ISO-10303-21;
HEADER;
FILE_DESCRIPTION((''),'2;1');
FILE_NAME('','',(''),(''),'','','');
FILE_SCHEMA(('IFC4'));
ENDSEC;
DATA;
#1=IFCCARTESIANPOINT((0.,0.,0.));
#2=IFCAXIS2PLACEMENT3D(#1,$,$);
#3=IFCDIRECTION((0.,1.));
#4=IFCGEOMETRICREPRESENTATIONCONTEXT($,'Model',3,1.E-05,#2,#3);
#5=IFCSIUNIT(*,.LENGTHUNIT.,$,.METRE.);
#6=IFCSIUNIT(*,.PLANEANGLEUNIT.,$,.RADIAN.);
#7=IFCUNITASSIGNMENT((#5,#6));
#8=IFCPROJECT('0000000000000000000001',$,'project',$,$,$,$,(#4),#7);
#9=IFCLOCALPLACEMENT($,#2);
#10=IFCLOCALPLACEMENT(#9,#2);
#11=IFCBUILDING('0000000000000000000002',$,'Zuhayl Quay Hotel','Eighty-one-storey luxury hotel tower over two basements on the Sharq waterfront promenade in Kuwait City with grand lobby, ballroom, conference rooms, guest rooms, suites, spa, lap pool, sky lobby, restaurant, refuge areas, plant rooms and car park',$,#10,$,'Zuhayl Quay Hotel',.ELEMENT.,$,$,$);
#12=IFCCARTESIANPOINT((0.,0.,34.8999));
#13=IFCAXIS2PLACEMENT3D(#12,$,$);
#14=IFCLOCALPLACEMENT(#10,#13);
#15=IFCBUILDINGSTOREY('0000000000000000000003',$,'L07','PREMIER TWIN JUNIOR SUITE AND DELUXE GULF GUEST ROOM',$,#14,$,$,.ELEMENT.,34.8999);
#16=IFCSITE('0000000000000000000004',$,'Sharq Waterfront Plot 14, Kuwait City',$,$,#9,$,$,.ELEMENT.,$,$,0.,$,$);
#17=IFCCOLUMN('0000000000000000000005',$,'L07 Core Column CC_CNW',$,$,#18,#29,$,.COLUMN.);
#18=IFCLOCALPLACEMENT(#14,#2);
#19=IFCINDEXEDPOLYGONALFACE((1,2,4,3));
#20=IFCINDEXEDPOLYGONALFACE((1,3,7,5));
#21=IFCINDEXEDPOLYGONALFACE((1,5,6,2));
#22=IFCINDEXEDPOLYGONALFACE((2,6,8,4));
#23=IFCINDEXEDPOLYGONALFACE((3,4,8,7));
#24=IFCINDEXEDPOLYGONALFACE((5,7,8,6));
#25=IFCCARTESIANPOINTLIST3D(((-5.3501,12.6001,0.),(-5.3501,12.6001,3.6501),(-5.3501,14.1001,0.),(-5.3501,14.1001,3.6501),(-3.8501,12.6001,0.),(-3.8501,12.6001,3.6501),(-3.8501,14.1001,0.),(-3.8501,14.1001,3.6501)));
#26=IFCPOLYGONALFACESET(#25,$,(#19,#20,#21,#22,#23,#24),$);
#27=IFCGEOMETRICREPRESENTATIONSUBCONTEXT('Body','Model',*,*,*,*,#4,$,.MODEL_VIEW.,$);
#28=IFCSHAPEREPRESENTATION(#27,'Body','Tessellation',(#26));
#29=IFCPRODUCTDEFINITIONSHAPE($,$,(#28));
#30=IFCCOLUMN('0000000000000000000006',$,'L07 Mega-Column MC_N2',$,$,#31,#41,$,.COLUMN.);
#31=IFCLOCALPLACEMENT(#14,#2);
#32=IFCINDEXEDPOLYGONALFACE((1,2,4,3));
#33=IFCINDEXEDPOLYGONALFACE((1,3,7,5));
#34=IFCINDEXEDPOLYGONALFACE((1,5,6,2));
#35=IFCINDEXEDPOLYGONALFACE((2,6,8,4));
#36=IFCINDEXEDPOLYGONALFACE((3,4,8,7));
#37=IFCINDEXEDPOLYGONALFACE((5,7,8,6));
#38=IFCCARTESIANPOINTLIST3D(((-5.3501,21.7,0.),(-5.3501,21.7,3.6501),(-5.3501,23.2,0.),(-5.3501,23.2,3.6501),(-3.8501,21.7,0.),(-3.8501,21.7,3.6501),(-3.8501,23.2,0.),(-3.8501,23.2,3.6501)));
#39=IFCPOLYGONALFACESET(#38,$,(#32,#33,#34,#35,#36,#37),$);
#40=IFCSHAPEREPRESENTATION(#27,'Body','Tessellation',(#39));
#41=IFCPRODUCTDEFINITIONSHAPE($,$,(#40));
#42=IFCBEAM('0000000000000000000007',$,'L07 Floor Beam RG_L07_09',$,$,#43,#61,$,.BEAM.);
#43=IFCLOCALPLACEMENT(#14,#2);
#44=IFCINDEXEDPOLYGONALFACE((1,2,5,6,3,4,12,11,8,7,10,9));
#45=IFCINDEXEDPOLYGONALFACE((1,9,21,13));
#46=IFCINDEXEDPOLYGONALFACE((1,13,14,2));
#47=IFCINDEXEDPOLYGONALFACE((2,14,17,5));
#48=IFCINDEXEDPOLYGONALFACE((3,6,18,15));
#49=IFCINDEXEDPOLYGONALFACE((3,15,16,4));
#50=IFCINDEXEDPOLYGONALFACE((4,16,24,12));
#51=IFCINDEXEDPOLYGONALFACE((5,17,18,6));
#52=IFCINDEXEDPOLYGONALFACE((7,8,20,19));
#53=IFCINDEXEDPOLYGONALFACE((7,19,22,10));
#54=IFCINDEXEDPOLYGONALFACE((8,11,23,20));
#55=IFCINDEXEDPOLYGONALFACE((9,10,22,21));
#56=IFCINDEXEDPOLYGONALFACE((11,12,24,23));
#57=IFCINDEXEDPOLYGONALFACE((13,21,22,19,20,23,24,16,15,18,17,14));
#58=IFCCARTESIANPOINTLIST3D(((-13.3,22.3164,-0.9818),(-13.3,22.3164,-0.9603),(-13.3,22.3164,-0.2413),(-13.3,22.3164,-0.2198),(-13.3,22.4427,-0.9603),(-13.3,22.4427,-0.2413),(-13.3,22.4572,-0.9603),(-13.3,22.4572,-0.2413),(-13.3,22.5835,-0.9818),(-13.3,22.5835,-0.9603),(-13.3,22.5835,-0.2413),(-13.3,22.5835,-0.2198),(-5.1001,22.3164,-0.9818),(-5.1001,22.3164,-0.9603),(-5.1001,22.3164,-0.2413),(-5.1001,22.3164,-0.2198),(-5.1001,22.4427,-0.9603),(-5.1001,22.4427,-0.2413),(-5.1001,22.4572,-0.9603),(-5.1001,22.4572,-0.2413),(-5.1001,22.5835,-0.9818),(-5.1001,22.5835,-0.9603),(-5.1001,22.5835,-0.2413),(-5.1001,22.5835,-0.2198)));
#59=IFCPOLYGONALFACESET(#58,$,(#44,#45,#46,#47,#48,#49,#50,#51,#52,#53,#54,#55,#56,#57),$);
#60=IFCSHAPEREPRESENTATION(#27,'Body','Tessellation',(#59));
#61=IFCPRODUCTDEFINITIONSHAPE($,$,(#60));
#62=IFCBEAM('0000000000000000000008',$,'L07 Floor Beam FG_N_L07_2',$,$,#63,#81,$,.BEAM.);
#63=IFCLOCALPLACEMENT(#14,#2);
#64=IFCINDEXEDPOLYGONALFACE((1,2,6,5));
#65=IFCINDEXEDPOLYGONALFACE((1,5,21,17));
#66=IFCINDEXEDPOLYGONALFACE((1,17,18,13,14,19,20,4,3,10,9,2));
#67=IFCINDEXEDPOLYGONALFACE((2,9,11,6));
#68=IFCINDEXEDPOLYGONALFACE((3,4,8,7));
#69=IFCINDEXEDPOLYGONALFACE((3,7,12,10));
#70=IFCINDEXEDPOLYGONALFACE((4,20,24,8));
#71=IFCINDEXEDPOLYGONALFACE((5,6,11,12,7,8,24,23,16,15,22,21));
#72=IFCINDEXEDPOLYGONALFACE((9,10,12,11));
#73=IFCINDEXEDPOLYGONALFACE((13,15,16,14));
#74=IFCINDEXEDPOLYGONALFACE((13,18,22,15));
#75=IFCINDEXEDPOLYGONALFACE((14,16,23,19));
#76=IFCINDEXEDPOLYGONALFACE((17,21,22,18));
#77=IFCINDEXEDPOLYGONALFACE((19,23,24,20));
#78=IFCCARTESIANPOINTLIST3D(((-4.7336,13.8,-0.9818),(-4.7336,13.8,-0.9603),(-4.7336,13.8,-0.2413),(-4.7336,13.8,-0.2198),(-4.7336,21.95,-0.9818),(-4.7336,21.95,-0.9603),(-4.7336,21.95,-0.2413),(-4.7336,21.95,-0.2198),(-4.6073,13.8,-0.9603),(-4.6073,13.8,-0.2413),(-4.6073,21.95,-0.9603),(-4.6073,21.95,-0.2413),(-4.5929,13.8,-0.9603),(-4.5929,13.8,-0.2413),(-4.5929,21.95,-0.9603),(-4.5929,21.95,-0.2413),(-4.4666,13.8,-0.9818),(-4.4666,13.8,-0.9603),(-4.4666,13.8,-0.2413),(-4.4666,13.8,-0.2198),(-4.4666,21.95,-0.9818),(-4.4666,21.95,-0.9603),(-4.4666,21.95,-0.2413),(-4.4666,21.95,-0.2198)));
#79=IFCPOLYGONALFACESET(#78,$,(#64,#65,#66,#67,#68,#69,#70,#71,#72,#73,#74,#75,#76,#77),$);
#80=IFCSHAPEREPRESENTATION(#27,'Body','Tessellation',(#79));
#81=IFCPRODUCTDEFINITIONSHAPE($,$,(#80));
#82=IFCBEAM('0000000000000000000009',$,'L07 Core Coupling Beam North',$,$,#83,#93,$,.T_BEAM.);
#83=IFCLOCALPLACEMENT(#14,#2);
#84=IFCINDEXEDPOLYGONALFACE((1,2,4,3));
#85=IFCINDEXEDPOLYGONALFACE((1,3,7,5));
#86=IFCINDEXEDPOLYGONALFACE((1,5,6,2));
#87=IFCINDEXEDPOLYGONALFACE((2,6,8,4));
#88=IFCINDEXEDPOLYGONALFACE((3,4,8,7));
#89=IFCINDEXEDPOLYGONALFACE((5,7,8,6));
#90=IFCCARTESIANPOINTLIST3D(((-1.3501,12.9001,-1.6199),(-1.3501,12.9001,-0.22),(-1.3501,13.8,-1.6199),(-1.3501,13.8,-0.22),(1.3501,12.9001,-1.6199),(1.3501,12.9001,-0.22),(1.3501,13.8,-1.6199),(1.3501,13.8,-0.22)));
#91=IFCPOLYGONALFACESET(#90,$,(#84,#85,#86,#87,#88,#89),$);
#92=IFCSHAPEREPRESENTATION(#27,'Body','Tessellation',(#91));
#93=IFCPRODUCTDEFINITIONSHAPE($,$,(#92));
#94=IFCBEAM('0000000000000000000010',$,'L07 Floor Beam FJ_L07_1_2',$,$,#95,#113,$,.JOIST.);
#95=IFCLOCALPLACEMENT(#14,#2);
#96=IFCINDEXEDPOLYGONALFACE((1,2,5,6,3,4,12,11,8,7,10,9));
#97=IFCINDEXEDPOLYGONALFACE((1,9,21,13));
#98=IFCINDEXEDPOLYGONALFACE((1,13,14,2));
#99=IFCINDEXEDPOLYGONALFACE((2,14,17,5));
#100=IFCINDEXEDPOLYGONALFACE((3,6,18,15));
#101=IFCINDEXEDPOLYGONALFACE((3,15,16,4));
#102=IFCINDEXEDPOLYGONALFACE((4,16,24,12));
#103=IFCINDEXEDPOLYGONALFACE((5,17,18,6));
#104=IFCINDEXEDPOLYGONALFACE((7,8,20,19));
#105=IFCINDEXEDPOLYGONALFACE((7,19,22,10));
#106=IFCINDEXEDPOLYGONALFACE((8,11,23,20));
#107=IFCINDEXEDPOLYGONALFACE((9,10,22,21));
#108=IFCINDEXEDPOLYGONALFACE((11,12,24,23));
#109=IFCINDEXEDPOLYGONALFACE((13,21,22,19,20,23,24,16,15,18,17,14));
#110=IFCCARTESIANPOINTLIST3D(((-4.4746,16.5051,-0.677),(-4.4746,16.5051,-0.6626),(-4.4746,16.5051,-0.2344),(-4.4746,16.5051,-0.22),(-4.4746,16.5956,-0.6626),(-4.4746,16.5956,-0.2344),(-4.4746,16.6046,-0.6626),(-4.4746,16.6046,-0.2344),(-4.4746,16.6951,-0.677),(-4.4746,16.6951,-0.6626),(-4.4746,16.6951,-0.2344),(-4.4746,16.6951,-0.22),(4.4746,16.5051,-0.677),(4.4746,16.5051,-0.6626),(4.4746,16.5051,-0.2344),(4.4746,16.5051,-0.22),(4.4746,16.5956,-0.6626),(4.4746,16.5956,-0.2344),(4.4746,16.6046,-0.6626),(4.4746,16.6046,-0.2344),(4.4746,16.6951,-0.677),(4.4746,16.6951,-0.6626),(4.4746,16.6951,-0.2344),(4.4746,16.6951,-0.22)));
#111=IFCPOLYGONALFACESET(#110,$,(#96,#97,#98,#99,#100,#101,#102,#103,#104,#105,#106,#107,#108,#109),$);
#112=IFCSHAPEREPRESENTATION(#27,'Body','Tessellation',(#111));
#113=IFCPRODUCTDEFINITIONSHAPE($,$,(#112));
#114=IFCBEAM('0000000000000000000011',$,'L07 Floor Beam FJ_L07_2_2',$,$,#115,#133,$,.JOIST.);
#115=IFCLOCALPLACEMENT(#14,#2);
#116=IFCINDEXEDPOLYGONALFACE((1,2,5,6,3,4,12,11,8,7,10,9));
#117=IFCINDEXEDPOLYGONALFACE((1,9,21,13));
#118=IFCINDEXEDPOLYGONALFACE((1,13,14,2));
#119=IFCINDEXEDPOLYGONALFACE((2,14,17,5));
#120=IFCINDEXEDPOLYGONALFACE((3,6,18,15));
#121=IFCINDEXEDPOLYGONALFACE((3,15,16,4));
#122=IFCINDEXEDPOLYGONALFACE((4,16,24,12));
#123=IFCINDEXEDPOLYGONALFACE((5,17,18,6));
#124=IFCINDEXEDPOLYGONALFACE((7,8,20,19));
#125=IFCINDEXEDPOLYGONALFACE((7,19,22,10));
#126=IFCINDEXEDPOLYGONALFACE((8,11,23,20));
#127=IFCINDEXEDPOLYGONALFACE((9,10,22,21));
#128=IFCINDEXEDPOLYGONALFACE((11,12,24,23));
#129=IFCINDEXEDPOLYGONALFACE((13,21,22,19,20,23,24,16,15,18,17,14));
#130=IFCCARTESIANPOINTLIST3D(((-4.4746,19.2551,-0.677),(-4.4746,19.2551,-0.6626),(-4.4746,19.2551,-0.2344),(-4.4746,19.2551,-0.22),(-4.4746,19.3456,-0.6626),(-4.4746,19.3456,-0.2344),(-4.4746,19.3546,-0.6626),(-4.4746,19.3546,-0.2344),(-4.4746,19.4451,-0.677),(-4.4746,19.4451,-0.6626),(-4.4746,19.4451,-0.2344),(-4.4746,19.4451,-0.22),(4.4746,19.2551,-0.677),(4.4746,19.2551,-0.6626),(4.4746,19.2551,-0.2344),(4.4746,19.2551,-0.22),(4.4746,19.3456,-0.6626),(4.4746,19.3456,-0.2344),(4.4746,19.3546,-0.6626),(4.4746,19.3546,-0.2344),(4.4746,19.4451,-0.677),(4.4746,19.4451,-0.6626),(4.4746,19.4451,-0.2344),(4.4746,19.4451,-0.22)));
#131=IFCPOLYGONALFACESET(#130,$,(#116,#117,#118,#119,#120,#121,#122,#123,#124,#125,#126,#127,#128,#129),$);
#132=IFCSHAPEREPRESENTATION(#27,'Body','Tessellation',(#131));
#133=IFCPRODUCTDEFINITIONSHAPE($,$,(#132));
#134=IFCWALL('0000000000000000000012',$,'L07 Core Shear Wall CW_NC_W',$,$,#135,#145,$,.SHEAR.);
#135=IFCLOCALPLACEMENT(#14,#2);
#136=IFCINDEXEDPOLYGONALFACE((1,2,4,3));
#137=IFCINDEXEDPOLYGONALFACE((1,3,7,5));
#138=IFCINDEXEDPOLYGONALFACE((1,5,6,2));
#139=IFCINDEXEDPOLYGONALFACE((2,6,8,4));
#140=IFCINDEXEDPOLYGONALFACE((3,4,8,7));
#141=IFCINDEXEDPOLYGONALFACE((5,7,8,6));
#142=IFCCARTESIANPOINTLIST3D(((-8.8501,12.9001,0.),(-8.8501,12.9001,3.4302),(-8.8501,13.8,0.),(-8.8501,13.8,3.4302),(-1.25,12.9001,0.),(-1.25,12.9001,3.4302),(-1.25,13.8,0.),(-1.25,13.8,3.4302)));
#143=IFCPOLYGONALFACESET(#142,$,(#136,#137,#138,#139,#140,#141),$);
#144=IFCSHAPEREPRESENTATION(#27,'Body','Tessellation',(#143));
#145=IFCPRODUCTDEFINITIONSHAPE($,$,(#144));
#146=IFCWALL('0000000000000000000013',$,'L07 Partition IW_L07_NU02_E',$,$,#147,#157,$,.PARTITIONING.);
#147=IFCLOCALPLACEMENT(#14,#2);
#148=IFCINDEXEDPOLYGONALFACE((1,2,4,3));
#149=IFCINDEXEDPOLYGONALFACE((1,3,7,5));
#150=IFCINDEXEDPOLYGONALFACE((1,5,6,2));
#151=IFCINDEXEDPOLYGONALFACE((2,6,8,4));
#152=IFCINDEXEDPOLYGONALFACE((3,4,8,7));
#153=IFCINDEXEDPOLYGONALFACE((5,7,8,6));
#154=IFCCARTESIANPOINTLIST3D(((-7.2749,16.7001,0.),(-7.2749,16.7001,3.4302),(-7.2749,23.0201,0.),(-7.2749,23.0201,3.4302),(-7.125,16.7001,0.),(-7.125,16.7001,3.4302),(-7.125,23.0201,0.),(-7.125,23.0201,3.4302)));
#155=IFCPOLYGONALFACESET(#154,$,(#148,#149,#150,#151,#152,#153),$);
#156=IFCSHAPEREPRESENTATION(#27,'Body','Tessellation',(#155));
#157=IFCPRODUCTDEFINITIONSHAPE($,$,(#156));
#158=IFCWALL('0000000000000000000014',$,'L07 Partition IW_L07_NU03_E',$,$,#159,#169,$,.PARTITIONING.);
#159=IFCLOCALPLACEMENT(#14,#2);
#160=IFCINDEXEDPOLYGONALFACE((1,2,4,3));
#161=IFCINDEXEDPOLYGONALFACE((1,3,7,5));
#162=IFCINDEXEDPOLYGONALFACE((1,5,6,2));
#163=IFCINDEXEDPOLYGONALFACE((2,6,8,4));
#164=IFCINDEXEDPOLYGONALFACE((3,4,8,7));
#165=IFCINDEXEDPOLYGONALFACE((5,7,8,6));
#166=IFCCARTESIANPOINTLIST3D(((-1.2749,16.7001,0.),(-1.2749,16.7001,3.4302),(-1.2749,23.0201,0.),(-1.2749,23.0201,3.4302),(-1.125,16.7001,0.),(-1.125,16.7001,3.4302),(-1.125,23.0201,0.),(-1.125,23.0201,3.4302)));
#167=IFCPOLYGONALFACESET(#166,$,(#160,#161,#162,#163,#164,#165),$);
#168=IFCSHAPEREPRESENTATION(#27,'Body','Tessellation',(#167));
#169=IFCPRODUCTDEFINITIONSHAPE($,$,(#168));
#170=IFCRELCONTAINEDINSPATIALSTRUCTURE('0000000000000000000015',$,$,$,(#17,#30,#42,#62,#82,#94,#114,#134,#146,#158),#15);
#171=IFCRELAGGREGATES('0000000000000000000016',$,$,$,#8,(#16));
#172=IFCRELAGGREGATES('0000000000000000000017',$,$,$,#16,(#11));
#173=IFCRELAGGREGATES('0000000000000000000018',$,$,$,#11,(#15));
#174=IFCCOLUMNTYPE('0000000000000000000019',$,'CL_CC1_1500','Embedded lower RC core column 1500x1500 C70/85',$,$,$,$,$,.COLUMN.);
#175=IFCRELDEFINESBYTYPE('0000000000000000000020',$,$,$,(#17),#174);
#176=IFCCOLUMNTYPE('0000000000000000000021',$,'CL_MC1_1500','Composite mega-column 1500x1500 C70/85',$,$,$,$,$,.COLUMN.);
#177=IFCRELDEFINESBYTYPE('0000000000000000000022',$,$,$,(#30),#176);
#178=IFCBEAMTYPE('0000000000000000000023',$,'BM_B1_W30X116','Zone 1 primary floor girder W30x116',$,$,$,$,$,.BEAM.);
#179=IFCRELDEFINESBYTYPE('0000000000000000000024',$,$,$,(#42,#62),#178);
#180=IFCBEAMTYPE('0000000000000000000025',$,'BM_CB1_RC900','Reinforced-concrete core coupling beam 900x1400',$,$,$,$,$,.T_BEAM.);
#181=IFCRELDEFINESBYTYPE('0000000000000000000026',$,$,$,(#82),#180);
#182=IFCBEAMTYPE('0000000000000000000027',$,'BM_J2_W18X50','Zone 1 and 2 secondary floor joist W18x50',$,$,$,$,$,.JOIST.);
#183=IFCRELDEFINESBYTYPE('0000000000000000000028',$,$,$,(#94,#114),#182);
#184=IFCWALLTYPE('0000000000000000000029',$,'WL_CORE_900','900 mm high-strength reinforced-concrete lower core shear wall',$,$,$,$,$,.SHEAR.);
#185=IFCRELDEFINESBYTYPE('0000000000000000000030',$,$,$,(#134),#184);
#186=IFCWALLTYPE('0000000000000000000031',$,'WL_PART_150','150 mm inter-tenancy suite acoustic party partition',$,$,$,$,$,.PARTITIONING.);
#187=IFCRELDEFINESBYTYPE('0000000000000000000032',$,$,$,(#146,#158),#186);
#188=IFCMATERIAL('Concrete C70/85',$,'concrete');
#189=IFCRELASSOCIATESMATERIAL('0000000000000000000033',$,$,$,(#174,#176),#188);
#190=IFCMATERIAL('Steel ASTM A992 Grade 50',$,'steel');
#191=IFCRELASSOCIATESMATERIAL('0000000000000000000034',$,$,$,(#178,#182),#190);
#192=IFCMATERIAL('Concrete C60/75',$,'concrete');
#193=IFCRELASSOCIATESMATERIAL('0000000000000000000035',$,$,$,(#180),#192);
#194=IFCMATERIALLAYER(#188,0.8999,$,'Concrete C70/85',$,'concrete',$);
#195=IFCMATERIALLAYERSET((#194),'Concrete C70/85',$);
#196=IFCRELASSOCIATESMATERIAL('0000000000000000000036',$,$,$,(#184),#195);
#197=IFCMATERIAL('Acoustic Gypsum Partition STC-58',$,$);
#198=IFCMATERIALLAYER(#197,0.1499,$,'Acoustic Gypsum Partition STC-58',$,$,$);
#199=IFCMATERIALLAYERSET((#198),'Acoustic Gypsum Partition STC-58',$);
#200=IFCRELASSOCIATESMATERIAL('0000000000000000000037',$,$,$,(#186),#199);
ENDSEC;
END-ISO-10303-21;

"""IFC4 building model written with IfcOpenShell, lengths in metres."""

from ifc_helpers import new_model, si_unit, direction, frame, frame_2d, origin, origin_2d, place, context, subcontext, project, spatial, rectangle, i_section, extrude, material, layer, layer_set, material_profile, profile_set, type_object, element, save


model = new_model("IFC4")

# Units and contexts
model_context = context("Model", 3, precision=1e-05, world=origin(), true_north=direction((0.0, 1.0)))
body_context = subcontext(model_context, "Body", "Model", "MODEL_VIEW")
ifc_project = project(units=[si_unit("LENGTHUNIT", "METRE"), si_unit("PLANEANGLEUNIT", "RADIAN")], contexts=[model_context])

# Site, building, storey
site_placement = place(None, origin())
site = spatial("IfcSite", under=ifc_project, at=site_placement, Name="Sharq Waterfront Plot 14, Kuwait City", CompositionType="ELEMENT", RefElevation=0.0)
building_placement = place(site_placement, origin())
building = spatial("IfcBuilding", under=site, at=building_placement, Name="Zuhayl Quay Hotel", Description="Eighty-one-storey luxury hotel tower over two basements on the Sharq waterfront promenade in Kuwait City with grand lobby, ballroom, conference rooms, guest rooms, suites, spa, lap pool, sky lobby, restaurant, refuge areas, plant rooms and car park", LongName="Zuhayl Quay Hotel", CompositionType="ELEMENT")
storey_placement = place(building_placement, frame((0.0, 0.0, 34.8999)))
storey = spatial("IfcBuildingStorey", under=building, at=storey_placement, Name="L07", Description="PREMIER TWIN JUNIOR SUITE AND DELUXE GULF GUEST ROOM", CompositionType="ELEMENT", Elevation=34.8999)

# Columns
ifc_material_1 = material(Name="Concrete C70/85", Category="concrete")
ifc_material_profile_1 = material_profile(ifc_material_1, rectangle(XDim=1.5, YDim=1.5, at=origin_2d()), Name="RC1500X1500")
ifc_profile_set_1 = profile_set([ifc_material_profile_1], Name="Concrete C70/85")
column_type_1 = type_object("IfcColumnType", Name="CL_CC1_1500", Description="Embedded lower RC core column 1500x1500 C70/85", PredefinedType="COLUMN", material=ifc_profile_set_1)
column_1_placement = place(storey_placement, frame((-4.6001, 13.3501, 0.0), z_axis=(0.0, 0.0, 1.0), x_axis=(1.0, 0.0, 0.0)))
element("IfcColumn", 1, at=column_1_placement, inside=storey, type_object=column_type_1, Name="L07 Core Column CC_CNW", PredefinedType="COLUMN", context=body_context, shape_type="SweptSolid", body=[
    extrude(rectangle(XDim=1.5, YDim=1.5, at=origin_2d()), origin(), (0.0, 0.0, 1.0), 3.6501),
])
ifc_material_profile_2 = material_profile(ifc_material_1, rectangle(XDim=1.5, YDim=1.5, at=origin_2d()), Name="RC1500X1500")
ifc_profile_set_2 = profile_set([ifc_material_profile_2], Name="Concrete C70/85")
column_type_2 = type_object("IfcColumnType", Name="CL_MC1_1500", Description="Composite mega-column 1500x1500 C70/85", PredefinedType="COLUMN", material=ifc_profile_set_2)
column_2_placement = place(storey_placement, frame((-4.6001, 22.45, 0.0), z_axis=(0.0, 0.0, 1.0), x_axis=(1.0, 0.0, 0.0)))
element("IfcColumn", 2, at=column_2_placement, inside=storey, type_object=column_type_2, Name="L07 Mega-Column MC_N2", PredefinedType="COLUMN", context=body_context, shape_type="SweptSolid", body=[
    extrude(rectangle(XDim=1.5, YDim=1.5, at=origin_2d()), origin(), (0.0, 0.0, 1.0), 3.6501),
])

# Beams
ifc_material_2 = material(Name="Steel ASTM A992 Grade 50", Category="steel")
ifc_material_profile_3 = material_profile(ifc_material_2, i_section(OverallWidth=0.2671, OverallDepth=0.762, WebThickness=0.0144, FlangeThickness=0.0215, at=origin_2d()), Name="W30X116")
ifc_profile_set_3 = profile_set([ifc_material_profile_3], Name="Steel ASTM A992 Grade 50")
beam_type_1 = type_object("IfcBeamType", Name="BM_B1_W30X116", Description="Zone 1 primary floor girder W30x116", PredefinedType="BEAM", material=ifc_profile_set_3)
beam_1_placement = place(storey_placement, frame((-5.1001, 22.45, -0.6008), z_axis=(-1.0, 0.0, 0.0), x_axis=(0.0, -1.0, 0.0)))
element("IfcBeam", 3, at=beam_1_placement, inside=storey, type_object=beam_type_1, Name="L07 Floor Beam RG_L07_09", PredefinedType="BEAM", context=body_context, shape_type="SweptSolid", body=[
    extrude(i_section(OverallWidth=0.2671, OverallDepth=0.762, WebThickness=0.0144, FlangeThickness=0.0215, at=origin_2d()), origin(), (0.0, 0.0, 1.0), 8.2),
])
beam_2_placement = place(storey_placement, frame((-4.6001, 13.8, -0.6008), z_axis=(0.0, 1.0, 0.0), x_axis=(-1.0, 0.0, 0.0)))
element("IfcBeam", 4, at=beam_2_placement, inside=storey, type_object=beam_type_1, Name="L07 Floor Beam FG_N_L07_2", PredefinedType="BEAM", context=body_context, shape_type="SweptSolid", body=[
    extrude(i_section(OverallWidth=0.2671, OverallDepth=0.762, WebThickness=0.0144, FlangeThickness=0.0215, at=origin_2d()), origin(), (0.0, 0.0, 1.0), 8.1499),
])
ifc_material_3 = material(Name="Concrete C60/75", Category="concrete")
ifc_material_profile_4 = material_profile(ifc_material_3, rectangle(XDim=0.8999, YDim=1.3999, at=origin_2d()), Name="RC900X1400")
ifc_profile_set_4 = profile_set([ifc_material_profile_4], Name="Concrete C60/75")
beam_type_2 = type_object("IfcBeamType", Name="BM_CB1_RC900", Description="Reinforced-concrete core coupling beam 900x1400", PredefinedType="T_BEAM", material=ifc_profile_set_4)
beam_3_placement = place(storey_placement, frame((-1.3501, 13.3501, -0.9199), z_axis=(1.0, 0.0, 0.0), x_axis=(0.0, 1.0, 0.0)))
element("IfcBeam", 5, at=beam_3_placement, inside=storey, type_object=beam_type_2, Name="L07 Core Coupling Beam North", PredefinedType="T_BEAM", context=body_context, shape_type="SweptSolid", body=[
    extrude(rectangle(XDim=0.8999, YDim=1.3999, at=origin_2d()), origin(), (0.0, 0.0, 1.0), 2.7002),
])
ifc_material_profile_5 = material_profile(ifc_material_2, i_section(OverallWidth=0.1899, OverallDepth=0.457, WebThickness=0.009, FlangeThickness=0.0144, at=origin_2d()), Name="W18X50")
ifc_profile_set_5 = profile_set([ifc_material_profile_5], Name="Steel ASTM A992 Grade 50")
beam_type_3 = type_object("IfcBeamType", Name="BM_J2_W18X50", Description="Zone 1 and 2 secondary floor joist W18x50", PredefinedType="JOIST", material=ifc_profile_set_5)
for number, where, z_axis, x_axis, name in (
    (6, (-4.4746, 16.6001, -0.4485), (1.0, 0.0, 0.0), (0.0, 1.0, 0.0), "L07 Floor Beam FJ_L07_1_2"),
    (7, (-4.4746, 19.3501, -0.4485), (1.0, 0.0, 0.0), (0.0, 1.0, 0.0), "L07 Floor Beam FJ_L07_2_2"),
):
    element("IfcBeam", number, at=place(storey_placement, frame(where, z_axis=z_axis, x_axis=x_axis)), inside=storey, type_object=beam_type_3, Name=name, PredefinedType="JOIST", context=body_context, shape_type="SweptSolid", body=[
        extrude(i_section(OverallWidth=0.1899, OverallDepth=0.457, WebThickness=0.009, FlangeThickness=0.0144, at=origin_2d()), origin(), (0.0, 0.0, 1.0), 8.9492),
    ])

# Walls
ifc_layer_1 = layer(ifc_material_1, 0.8999, Name="Concrete C70/85", Category="concrete")
ifc_layer_set_1 = layer_set([ifc_layer_1], Name="Concrete C70/85")
wall_type_1 = type_object("IfcWallType", Name="WL_CORE_900", Description="900 mm high-strength reinforced-concrete lower core shear wall", PredefinedType="SHEAR", material=ifc_layer_set_1)
wall_1_placement = place(storey_placement, frame((-8.8501, 13.3501, 0.0), z_axis=(0.0, 0.0, 1.0), x_axis=(1.0, 0.0, 0.0)))
element("IfcWall", 8, at=wall_1_placement, inside=storey, type_object=wall_type_1, Name="L07 Core Shear Wall CW_NC_W", PredefinedType="SHEAR", context=body_context, shape_type="SweptSolid", body=[
    extrude(rectangle(XDim=7.6001, YDim=0.8999, at=frame_2d((3.8, 0.0))), origin(), (0.0, 0.0, 1.0), 3.4302),
])
ifc_material_4 = material(Name="Acoustic Gypsum Partition STC-58")
ifc_layer_2 = layer(ifc_material_4, 0.1499, Name="Acoustic Gypsum Partition STC-58")
ifc_layer_set_2 = layer_set([ifc_layer_2], Name="Acoustic Gypsum Partition STC-58")
wall_type_2 = type_object("IfcWallType", Name="WL_PART_150", Description="150 mm inter-tenancy suite acoustic party partition", PredefinedType="PARTITIONING", material=ifc_layer_set_2)
for number, where, z_axis, x_axis, name in (
    (9, (-7.2, 16.7, 0.0), (0.0, 0.0, 1.0), (0.0, 1.0, 0.0), "L07 Partition IW_L07_NU02_E"),
    (10, (-1.2, 16.7, 0.0), (0.0, 0.0, 1.0), (0.0, 1.0, 0.0), "L07 Partition IW_L07_NU03_E"),
):
    element("IfcWall", number, at=place(storey_placement, frame(where, z_axis=z_axis, x_axis=x_axis)), inside=storey, type_object=wall_type_2, Name=name, PredefinedType="PARTITIONING", context=body_context, shape_type="SweptSolid", body=[
        extrude(rectangle(XDim=6.3201, YDim=0.1499, at=frame_2d((3.1602, 0.0))), origin(), (0.0, 0.0, 1.0), 3.4302),
    ])

save(model, "model.ifc")
